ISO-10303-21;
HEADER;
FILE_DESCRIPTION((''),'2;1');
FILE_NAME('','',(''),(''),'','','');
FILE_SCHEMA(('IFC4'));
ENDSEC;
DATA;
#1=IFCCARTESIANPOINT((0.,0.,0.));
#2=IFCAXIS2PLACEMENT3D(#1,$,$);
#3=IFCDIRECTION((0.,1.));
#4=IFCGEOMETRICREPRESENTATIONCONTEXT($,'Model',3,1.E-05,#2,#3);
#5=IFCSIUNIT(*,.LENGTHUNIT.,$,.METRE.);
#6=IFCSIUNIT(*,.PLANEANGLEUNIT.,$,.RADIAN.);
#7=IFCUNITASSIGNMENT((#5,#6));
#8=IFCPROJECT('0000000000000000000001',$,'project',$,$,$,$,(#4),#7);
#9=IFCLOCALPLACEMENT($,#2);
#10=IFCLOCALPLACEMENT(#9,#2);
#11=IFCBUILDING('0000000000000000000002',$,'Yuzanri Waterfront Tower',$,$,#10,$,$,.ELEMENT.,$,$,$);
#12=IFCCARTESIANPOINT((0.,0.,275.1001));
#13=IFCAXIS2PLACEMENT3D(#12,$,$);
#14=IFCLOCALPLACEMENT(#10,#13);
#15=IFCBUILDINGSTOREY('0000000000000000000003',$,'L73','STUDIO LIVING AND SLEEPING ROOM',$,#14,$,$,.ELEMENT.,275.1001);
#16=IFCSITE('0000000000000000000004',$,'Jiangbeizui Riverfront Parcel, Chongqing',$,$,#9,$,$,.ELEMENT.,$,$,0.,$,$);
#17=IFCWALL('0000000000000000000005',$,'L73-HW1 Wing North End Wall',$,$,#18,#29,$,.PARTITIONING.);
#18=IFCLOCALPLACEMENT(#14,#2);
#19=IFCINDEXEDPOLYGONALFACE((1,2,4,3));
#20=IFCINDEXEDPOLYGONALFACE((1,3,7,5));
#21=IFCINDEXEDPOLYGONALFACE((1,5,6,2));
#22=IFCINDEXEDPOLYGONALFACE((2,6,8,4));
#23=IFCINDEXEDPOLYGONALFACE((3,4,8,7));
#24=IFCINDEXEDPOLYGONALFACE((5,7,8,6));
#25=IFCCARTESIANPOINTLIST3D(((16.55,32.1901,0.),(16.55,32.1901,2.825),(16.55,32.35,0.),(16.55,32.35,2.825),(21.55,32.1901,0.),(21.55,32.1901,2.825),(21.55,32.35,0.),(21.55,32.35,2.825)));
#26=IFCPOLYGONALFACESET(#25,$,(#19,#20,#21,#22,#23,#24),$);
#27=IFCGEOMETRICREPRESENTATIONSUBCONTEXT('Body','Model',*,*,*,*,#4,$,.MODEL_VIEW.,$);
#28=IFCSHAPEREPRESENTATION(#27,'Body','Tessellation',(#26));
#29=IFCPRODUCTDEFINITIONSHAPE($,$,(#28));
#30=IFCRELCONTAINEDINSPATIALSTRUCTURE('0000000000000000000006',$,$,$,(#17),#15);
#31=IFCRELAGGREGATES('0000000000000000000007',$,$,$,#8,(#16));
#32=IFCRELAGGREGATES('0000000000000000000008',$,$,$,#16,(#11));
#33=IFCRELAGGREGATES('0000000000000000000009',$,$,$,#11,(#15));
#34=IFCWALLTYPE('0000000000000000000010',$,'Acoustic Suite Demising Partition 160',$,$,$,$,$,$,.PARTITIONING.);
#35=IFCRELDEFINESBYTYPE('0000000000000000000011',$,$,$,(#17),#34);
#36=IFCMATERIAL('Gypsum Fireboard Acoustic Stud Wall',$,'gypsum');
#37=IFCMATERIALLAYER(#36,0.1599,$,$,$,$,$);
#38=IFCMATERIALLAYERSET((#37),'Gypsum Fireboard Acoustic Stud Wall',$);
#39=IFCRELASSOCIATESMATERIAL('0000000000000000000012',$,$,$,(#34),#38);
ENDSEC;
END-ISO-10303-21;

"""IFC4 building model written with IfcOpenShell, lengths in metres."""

from ifc_helpers import new_model, si_unit, direction, frame, frame_2d, origin, place, context, subcontext, project, spatial, rectangle, extrude, source, transform, mapped, material, layer, layer_set, type_object, element, save


model = new_model("IFC4")

# Units and contexts
model_context = context("Model", 3, precision=1e-05, world=origin(), true_north=direction((0.0, 1.0)))
body_context = subcontext(model_context, "Body", "Model", "MODEL_VIEW")
ifc_project = project(units=[si_unit("LENGTHUNIT", "METRE"), si_unit("PLANEANGLEUNIT", "RADIAN")], contexts=[model_context])

# Site, building, storey
site_placement = place(None, origin())
site = spatial("IfcSite", under=ifc_project, at=site_placement, Name="Jiangbeizui Riverfront Parcel, Chongqing", CompositionType="ELEMENT", RefElevation=0.0)
building_placement = place(site_placement, origin())
building = spatial("IfcBuilding", under=site, at=building_placement, Name="Yuzanri Waterfront Tower", CompositionType="ELEMENT")
storey_placement = place(building_placement, frame((0.0, 0.0, 275.1001)))
storey = spatial("IfcBuildingStorey", under=building, at=storey_placement, Name="L73", Description="STUDIO LIVING AND SLEEPING ROOM", CompositionType="ELEMENT", Elevation=275.1001)

# Wall
ifc_material_1 = material(Name="Gypsum Fireboard Acoustic Stud Wall", Category="gypsum")
ifc_layer_1 = layer(ifc_material_1, 0.1599)
ifc_layer_set_1 = layer_set([ifc_layer_1], Name="Gypsum Fireboard Acoustic Stud Wall")
wall_type_1 = type_object("IfcWallType", Name="Acoustic Suite Demising Partition 160", PredefinedType="PARTITIONING", material=ifc_layer_set_1)
shared_shape_1 = source(origin(), body_context, "Body", "SweptSolid", [
    extrude(rectangle(XDim=5.0, YDim=0.1599, at=frame_2d((2.5, 0.0))), origin(), (0.0, 0.0, 1.0), 2.825),
])
wall_1_placement = place(storey_placement, frame((16.55, 32.27, 0.0), z_axis=(0.0, 0.0, 1.0), x_axis=(1.0, 0.0, 0.0)))
element("IfcWall", 1, at=wall_1_placement, inside=storey, type_object=wall_type_1, Name="L73-HW1 Wing North End Wall", PredefinedType="PARTITIONING", context=body_context, shape_type="MappedRepresentation", body=[
    mapped(shared_shape_1, transform((0.0, 0.0, 0.0), scale=1.0)),
])

save(model, "model.ifc")
